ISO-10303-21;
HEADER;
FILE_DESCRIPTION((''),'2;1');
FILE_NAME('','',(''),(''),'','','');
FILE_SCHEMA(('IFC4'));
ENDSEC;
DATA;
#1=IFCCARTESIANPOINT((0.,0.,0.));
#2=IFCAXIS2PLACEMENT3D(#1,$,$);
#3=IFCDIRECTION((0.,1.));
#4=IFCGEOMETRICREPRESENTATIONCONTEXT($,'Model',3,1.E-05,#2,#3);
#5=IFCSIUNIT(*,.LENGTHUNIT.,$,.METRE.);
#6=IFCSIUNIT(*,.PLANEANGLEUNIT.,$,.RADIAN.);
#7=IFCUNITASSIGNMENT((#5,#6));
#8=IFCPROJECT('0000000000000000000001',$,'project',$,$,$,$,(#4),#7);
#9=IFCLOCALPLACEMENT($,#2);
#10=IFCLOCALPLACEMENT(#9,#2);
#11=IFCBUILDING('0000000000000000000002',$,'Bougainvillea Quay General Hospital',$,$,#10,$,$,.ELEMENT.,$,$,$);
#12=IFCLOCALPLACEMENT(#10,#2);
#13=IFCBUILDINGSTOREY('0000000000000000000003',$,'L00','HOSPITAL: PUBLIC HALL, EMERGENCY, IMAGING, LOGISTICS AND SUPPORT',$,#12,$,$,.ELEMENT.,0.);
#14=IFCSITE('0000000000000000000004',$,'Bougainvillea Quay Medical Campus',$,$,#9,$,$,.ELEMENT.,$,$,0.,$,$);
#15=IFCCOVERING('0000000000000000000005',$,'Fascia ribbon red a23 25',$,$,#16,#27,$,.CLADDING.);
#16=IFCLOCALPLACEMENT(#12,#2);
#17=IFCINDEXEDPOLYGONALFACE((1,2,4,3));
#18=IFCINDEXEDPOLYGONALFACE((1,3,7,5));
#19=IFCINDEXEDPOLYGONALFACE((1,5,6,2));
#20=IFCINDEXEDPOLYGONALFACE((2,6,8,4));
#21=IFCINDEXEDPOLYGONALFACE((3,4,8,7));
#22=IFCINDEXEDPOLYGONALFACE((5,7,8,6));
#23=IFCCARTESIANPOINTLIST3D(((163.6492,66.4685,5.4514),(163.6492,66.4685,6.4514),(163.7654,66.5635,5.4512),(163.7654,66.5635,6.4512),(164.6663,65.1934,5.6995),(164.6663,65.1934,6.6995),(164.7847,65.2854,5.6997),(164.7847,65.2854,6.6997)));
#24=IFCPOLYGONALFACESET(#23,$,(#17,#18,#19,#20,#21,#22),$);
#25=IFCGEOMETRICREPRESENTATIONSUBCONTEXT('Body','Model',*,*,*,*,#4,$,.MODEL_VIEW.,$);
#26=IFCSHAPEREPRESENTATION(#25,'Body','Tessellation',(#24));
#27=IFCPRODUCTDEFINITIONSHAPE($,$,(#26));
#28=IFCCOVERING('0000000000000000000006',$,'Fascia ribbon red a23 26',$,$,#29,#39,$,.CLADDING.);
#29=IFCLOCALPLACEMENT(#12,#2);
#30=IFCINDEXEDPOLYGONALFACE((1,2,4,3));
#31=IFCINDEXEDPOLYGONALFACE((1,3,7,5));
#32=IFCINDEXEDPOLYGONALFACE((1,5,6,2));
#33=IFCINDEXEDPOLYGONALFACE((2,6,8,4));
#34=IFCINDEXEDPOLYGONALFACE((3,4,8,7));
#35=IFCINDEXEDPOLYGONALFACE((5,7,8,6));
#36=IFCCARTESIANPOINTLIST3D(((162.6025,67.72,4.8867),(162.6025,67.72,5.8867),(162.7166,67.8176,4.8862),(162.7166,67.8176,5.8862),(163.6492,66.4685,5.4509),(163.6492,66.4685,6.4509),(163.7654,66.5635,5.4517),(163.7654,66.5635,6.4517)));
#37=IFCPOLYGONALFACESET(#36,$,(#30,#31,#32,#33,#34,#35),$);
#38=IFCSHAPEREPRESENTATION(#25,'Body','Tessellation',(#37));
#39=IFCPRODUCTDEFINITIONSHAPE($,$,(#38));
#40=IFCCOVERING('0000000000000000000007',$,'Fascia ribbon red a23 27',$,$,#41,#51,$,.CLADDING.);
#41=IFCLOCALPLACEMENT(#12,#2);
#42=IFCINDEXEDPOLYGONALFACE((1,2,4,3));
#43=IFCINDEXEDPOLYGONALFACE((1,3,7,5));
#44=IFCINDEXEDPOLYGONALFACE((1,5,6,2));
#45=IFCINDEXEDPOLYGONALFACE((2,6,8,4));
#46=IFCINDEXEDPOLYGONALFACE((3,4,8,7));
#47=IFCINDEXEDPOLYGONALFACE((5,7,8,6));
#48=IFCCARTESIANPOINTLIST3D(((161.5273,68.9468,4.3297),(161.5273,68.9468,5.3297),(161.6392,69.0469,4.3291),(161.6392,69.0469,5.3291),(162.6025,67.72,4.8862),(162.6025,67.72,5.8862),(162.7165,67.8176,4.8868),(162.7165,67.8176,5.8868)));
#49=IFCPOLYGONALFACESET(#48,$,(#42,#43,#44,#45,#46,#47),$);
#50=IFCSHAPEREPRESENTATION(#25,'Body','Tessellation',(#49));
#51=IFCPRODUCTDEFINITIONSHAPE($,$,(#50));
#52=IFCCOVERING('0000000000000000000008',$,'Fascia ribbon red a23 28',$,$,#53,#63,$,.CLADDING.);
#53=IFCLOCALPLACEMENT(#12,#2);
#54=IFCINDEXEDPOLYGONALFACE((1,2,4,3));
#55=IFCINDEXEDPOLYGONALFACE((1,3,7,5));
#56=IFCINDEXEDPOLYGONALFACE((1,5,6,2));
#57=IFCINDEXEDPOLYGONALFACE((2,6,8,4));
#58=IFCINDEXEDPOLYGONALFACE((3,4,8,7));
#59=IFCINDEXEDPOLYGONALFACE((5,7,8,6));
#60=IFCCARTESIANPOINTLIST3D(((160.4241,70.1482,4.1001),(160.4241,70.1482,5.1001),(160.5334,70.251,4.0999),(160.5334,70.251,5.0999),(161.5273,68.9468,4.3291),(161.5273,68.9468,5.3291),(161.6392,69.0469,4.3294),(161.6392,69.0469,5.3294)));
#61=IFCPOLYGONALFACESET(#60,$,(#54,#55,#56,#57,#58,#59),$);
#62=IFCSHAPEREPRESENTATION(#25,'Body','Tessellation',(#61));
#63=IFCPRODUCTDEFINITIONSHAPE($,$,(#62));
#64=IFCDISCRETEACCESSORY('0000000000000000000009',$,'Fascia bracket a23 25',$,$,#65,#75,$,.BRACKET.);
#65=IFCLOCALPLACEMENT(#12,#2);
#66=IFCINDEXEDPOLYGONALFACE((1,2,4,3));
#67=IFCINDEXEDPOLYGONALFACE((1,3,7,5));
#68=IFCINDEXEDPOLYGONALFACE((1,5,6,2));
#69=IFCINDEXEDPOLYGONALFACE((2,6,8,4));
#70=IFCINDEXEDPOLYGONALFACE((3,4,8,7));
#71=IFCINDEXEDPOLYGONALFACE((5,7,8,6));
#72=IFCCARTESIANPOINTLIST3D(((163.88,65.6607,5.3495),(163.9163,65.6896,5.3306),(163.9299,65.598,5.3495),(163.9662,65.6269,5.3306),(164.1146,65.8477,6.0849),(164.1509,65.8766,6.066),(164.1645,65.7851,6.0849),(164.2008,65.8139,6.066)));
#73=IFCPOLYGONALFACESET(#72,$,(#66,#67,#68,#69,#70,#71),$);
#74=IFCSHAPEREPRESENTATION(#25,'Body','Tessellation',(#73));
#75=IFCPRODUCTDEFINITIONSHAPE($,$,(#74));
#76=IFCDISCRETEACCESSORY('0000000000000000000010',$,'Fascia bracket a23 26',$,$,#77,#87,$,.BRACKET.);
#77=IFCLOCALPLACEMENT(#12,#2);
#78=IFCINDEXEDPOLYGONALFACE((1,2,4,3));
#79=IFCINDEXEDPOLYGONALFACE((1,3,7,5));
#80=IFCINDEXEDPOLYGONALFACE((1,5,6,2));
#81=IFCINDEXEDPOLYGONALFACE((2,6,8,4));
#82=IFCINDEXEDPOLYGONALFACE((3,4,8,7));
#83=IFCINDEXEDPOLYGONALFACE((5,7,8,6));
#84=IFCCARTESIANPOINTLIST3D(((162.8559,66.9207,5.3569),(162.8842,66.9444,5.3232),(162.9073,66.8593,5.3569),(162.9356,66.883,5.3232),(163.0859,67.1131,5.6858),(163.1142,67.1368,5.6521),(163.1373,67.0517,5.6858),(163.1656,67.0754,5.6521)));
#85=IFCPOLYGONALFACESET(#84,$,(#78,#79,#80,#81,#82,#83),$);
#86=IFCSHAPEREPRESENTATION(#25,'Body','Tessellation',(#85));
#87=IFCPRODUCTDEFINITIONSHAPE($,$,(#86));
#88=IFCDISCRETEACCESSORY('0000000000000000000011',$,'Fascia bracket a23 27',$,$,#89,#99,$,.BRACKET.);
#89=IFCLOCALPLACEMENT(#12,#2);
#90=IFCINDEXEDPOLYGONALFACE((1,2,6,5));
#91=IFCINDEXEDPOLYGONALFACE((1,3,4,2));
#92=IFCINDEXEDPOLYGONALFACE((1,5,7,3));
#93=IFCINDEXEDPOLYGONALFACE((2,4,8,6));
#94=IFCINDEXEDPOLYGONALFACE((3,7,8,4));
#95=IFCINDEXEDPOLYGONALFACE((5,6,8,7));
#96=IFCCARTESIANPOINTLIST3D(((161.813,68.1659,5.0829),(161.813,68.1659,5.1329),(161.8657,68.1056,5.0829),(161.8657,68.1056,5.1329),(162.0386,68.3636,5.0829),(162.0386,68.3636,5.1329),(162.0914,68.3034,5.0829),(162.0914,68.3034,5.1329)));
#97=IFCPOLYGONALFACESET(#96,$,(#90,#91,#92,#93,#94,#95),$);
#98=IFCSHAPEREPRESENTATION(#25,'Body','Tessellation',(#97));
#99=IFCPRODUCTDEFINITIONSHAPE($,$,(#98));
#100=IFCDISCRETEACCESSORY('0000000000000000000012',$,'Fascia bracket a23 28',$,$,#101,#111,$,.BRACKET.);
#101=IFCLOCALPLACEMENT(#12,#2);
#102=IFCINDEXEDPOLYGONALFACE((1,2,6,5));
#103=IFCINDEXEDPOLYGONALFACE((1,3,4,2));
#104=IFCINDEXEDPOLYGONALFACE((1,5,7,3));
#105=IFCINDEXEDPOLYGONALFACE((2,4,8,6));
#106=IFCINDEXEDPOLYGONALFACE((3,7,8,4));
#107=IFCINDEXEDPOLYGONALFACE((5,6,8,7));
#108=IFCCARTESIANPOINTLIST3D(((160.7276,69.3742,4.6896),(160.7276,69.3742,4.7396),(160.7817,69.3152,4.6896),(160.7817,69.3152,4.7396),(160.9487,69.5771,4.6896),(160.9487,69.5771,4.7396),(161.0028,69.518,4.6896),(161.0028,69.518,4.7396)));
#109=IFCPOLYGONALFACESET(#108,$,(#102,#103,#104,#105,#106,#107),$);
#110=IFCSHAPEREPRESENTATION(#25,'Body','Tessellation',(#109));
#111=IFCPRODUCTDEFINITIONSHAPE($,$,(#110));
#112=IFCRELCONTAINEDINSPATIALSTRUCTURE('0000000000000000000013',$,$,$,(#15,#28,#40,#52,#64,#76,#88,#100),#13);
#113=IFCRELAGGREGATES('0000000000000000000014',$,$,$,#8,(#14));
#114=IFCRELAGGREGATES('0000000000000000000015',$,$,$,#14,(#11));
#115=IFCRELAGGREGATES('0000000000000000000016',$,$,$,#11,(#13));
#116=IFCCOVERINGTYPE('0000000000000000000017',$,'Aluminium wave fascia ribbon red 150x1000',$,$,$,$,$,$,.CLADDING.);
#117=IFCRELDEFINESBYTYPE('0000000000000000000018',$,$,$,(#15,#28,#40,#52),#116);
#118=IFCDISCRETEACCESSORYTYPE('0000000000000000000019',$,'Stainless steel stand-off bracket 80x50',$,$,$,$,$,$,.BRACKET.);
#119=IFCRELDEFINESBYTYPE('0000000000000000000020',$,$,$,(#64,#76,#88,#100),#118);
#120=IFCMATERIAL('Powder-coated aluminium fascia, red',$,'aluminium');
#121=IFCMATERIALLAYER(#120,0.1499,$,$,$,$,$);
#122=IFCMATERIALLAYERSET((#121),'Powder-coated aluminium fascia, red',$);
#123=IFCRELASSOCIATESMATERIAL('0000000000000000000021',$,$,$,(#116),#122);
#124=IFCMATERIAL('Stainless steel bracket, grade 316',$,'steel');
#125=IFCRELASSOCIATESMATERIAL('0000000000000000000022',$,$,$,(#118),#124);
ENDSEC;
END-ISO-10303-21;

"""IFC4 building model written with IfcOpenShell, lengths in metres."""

from ifc_helpers import new_model, si_unit, direction, frame, origin, origin_2d, place, context, subcontext, project, spatial, polyline, rectangle, outline, extrude, material, layer, layer_set, material_profile, profile_set, type_object, element, save


model = new_model("IFC4")

# Units and contexts
model_context = context("Model", 3, precision=1e-05, world=origin(), true_north=direction((0.0, 1.0)))
body_context = subcontext(model_context, "Body", "Model", "MODEL_VIEW")
ifc_project = project(units=[si_unit("LENGTHUNIT", "METRE"), si_unit("PLANEANGLEUNIT", "RADIAN")], contexts=[model_context])

# Site, building, storey
site_placement = place(None, origin())
site = spatial("IfcSite", under=ifc_project, at=site_placement, Name="Bougainvillea Quay Medical Campus", CompositionType="ELEMENT", RefElevation=0.0)
building_placement = place(site_placement, origin())
building = spatial("IfcBuilding", under=site, at=building_placement, Name="Bougainvillea Quay General Hospital", CompositionType="ELEMENT")
storey_placement = place(building_placement, origin())
storey = spatial("IfcBuildingStorey", under=building, at=storey_placement, Name="L00", Description="HOSPITAL: PUBLIC HALL, EMERGENCY, IMAGING, LOGISTICS AND SUPPORT", CompositionType="ELEMENT", Elevation=0.0)

# Coverings
ifc_material_1 = material(Name="Powder-coated aluminium fascia, red", Category="aluminium")
ifc_layer_1 = layer(ifc_material_1, 0.1499)
ifc_layer_set_1 = layer_set([ifc_layer_1], Name="Powder-coated aluminium fascia, red")
covering_type = type_object("IfcCoveringType", Name="Aluminium wave fascia ribbon red 150x1000", PredefinedType="CLADDING", material=ifc_layer_set_1)
covering_1_placement = place(storey_placement, frame((164.6663, 65.1934, 5.6995), z_axis=(-0.093698, 0.117551, 0.988637), x_axis=(-0.616477, 0.77289, -0.150325)))
element("IfcCovering", 1, at=covering_1_placement, inside=storey, type_object=covering_type, Name="Fascia ribbon red a23 25", PredefinedType="CLADDING", context=body_context, shape_type="SweptSolid", body=[
    extrude(outline(polyline([(0.0, 0.0), (1.6498, 0.0), (1.6516, -0.1501), (-0.0019, -0.15), (0.0, 0.0)])), origin(), (-0.150325, 0.000049, 0.988637), 1.0),
])
covering_2_placement = place(storey_placement, frame((163.6492, 66.4685, 5.4509), z_axis=(-0.210328, 0.250183, 0.945077), x_axis=(-0.606303, 0.724961, -0.326847)))
element("IfcCovering", 2, at=covering_2_placement, inside=storey, type_object=covering_type, Name="Fascia ribbon red a23 26", PredefinedType="CLADDING", context=body_context, shape_type="SweptSolid", body=[
    extrude(outline(polyline([(0.0, 0.0), (1.7262, 0.0), (1.7281, -0.1501), (-0.0018, -0.1501), (0.0, 0.0)])), origin(), (-0.326847, -0.000793, 0.945077), 1.0),
])
covering_3_placement = place(storey_placement, frame((162.6025, 67.72, 4.8862), z_axis=(-0.212729, 0.242931, 0.946431), x_axis=(-0.6238, 0.711761, -0.322907)))
element("IfcCovering", 3, at=covering_3_placement, inside=storey, type_object=covering_type, Name="Fascia ribbon red a23 27", PredefinedType="CLADDING", context=body_context, shape_type="SweptSolid", body=[
    extrude(outline(polyline([(0.0, 0.0), (1.7236, 0.0), (1.7253, -0.1501), (-0.0018, -0.1501), (0.0, 0.0)])), origin(), (-0.322907, 0.000128, 0.946431), 1.0),
])
covering_4_placement = place(storey_placement, frame((161.5273, 68.9468, 4.3291), z_axis=(-0.093974, 0.102455, 0.990289), x_axis=(-0.669813, 0.729398, -0.139025)))
element("IfcCovering", 4, at=covering_4_placement, inside=storey, type_object=covering_type, Name="Fascia ribbon red a23 28", PredefinedType="CLADDING", context=body_context, shape_type="SweptSolid", body=[
    extrude(outline(polyline([(0.0, 0.0), (1.6471, 0.0), (1.6489, -0.1501), (-0.0019, -0.1501), (0.0, 0.0)])), origin(), (-0.139025, 0.000082, 0.990289), 1.0),
])

# Discrete accessories
ifc_material_2 = material(Name="Stainless steel bracket, grade 316", Category="steel")
ifc_material_profile_1 = material_profile(ifc_material_2, rectangle(XDim=0.0801, YDim=0.05, at=origin_2d()))
ifc_profile_set_1 = profile_set([ifc_material_profile_1], Name="Stainless steel bracket, grade 316")
discrete_accessory_type = type_object("IfcDiscreteAccessoryType", Name="Stainless steel stand-off bracket 80x50", PredefinedType="BRACKET", material=ifc_profile_set_1)
discrete_accessory_1_placement = place(storey_placement, frame((163.9231, 65.6438, 5.3401), z_axis=(0.295414, 0.23547, 0.925897), x_axis=(-0.623305, 0.781979, 0.0)))
element("IfcDiscreteAccessory", 5, at=discrete_accessory_1_placement, inside=storey, type_object=discrete_accessory_type, Name="Fascia bracket a23 25", PredefinedType="BRACKET", context=body_context, shape_type="SweptSolid", body=[
    extrude(rectangle(XDim=0.0801, YDim=0.05, at=origin_2d()), origin(), (0.0, 0.0, 1.0), 0.7942),
])
discrete_accessory_2_placement = place(storey_placement, frame((162.8958, 66.9019, 5.3401), z_axis=(0.516778, 0.432294, 0.73896), x_axis=(-0.641625, 0.767019, 0.0)))
element("IfcDiscreteAccessory", 6, at=discrete_accessory_2_placement, inside=storey, type_object=discrete_accessory_type, Name="Fascia bracket a23 26", PredefinedType="BRACKET", context=body_context, shape_type="SweptSolid", body=[
    extrude(rectangle(XDim=0.0801, YDim=0.05, at=origin_2d()), origin(), (0.0, 0.0, 1.0), 0.4451),
])
for number, where, z_axis, x_axis, name in (
    (7, (161.8394, 68.1357, 5.1079), (0.751971, 0.659196, 0.0), (-0.659196, 0.751971, 0.0), "Fascia bracket a23 27"),
    (8, (160.7546, 69.3447, 4.7146), (0.736952, 0.675946, 0.0), (-0.675946, 0.736952, 0.0), "Fascia bracket a23 28"),
):
    element("IfcDiscreteAccessory", number, at=place(storey_placement, frame(where, z_axis=z_axis, x_axis=x_axis)), inside=storey, type_object=discrete_accessory_type, Name=name, PredefinedType="BRACKET", context=body_context, shape_type="SweptSolid", body=[
        extrude(rectangle(XDim=0.0801, YDim=0.05, at=origin_2d()), origin(), (0.0, 0.0, 1.0), 0.3),
    ])

save(model, "model.ifc")
